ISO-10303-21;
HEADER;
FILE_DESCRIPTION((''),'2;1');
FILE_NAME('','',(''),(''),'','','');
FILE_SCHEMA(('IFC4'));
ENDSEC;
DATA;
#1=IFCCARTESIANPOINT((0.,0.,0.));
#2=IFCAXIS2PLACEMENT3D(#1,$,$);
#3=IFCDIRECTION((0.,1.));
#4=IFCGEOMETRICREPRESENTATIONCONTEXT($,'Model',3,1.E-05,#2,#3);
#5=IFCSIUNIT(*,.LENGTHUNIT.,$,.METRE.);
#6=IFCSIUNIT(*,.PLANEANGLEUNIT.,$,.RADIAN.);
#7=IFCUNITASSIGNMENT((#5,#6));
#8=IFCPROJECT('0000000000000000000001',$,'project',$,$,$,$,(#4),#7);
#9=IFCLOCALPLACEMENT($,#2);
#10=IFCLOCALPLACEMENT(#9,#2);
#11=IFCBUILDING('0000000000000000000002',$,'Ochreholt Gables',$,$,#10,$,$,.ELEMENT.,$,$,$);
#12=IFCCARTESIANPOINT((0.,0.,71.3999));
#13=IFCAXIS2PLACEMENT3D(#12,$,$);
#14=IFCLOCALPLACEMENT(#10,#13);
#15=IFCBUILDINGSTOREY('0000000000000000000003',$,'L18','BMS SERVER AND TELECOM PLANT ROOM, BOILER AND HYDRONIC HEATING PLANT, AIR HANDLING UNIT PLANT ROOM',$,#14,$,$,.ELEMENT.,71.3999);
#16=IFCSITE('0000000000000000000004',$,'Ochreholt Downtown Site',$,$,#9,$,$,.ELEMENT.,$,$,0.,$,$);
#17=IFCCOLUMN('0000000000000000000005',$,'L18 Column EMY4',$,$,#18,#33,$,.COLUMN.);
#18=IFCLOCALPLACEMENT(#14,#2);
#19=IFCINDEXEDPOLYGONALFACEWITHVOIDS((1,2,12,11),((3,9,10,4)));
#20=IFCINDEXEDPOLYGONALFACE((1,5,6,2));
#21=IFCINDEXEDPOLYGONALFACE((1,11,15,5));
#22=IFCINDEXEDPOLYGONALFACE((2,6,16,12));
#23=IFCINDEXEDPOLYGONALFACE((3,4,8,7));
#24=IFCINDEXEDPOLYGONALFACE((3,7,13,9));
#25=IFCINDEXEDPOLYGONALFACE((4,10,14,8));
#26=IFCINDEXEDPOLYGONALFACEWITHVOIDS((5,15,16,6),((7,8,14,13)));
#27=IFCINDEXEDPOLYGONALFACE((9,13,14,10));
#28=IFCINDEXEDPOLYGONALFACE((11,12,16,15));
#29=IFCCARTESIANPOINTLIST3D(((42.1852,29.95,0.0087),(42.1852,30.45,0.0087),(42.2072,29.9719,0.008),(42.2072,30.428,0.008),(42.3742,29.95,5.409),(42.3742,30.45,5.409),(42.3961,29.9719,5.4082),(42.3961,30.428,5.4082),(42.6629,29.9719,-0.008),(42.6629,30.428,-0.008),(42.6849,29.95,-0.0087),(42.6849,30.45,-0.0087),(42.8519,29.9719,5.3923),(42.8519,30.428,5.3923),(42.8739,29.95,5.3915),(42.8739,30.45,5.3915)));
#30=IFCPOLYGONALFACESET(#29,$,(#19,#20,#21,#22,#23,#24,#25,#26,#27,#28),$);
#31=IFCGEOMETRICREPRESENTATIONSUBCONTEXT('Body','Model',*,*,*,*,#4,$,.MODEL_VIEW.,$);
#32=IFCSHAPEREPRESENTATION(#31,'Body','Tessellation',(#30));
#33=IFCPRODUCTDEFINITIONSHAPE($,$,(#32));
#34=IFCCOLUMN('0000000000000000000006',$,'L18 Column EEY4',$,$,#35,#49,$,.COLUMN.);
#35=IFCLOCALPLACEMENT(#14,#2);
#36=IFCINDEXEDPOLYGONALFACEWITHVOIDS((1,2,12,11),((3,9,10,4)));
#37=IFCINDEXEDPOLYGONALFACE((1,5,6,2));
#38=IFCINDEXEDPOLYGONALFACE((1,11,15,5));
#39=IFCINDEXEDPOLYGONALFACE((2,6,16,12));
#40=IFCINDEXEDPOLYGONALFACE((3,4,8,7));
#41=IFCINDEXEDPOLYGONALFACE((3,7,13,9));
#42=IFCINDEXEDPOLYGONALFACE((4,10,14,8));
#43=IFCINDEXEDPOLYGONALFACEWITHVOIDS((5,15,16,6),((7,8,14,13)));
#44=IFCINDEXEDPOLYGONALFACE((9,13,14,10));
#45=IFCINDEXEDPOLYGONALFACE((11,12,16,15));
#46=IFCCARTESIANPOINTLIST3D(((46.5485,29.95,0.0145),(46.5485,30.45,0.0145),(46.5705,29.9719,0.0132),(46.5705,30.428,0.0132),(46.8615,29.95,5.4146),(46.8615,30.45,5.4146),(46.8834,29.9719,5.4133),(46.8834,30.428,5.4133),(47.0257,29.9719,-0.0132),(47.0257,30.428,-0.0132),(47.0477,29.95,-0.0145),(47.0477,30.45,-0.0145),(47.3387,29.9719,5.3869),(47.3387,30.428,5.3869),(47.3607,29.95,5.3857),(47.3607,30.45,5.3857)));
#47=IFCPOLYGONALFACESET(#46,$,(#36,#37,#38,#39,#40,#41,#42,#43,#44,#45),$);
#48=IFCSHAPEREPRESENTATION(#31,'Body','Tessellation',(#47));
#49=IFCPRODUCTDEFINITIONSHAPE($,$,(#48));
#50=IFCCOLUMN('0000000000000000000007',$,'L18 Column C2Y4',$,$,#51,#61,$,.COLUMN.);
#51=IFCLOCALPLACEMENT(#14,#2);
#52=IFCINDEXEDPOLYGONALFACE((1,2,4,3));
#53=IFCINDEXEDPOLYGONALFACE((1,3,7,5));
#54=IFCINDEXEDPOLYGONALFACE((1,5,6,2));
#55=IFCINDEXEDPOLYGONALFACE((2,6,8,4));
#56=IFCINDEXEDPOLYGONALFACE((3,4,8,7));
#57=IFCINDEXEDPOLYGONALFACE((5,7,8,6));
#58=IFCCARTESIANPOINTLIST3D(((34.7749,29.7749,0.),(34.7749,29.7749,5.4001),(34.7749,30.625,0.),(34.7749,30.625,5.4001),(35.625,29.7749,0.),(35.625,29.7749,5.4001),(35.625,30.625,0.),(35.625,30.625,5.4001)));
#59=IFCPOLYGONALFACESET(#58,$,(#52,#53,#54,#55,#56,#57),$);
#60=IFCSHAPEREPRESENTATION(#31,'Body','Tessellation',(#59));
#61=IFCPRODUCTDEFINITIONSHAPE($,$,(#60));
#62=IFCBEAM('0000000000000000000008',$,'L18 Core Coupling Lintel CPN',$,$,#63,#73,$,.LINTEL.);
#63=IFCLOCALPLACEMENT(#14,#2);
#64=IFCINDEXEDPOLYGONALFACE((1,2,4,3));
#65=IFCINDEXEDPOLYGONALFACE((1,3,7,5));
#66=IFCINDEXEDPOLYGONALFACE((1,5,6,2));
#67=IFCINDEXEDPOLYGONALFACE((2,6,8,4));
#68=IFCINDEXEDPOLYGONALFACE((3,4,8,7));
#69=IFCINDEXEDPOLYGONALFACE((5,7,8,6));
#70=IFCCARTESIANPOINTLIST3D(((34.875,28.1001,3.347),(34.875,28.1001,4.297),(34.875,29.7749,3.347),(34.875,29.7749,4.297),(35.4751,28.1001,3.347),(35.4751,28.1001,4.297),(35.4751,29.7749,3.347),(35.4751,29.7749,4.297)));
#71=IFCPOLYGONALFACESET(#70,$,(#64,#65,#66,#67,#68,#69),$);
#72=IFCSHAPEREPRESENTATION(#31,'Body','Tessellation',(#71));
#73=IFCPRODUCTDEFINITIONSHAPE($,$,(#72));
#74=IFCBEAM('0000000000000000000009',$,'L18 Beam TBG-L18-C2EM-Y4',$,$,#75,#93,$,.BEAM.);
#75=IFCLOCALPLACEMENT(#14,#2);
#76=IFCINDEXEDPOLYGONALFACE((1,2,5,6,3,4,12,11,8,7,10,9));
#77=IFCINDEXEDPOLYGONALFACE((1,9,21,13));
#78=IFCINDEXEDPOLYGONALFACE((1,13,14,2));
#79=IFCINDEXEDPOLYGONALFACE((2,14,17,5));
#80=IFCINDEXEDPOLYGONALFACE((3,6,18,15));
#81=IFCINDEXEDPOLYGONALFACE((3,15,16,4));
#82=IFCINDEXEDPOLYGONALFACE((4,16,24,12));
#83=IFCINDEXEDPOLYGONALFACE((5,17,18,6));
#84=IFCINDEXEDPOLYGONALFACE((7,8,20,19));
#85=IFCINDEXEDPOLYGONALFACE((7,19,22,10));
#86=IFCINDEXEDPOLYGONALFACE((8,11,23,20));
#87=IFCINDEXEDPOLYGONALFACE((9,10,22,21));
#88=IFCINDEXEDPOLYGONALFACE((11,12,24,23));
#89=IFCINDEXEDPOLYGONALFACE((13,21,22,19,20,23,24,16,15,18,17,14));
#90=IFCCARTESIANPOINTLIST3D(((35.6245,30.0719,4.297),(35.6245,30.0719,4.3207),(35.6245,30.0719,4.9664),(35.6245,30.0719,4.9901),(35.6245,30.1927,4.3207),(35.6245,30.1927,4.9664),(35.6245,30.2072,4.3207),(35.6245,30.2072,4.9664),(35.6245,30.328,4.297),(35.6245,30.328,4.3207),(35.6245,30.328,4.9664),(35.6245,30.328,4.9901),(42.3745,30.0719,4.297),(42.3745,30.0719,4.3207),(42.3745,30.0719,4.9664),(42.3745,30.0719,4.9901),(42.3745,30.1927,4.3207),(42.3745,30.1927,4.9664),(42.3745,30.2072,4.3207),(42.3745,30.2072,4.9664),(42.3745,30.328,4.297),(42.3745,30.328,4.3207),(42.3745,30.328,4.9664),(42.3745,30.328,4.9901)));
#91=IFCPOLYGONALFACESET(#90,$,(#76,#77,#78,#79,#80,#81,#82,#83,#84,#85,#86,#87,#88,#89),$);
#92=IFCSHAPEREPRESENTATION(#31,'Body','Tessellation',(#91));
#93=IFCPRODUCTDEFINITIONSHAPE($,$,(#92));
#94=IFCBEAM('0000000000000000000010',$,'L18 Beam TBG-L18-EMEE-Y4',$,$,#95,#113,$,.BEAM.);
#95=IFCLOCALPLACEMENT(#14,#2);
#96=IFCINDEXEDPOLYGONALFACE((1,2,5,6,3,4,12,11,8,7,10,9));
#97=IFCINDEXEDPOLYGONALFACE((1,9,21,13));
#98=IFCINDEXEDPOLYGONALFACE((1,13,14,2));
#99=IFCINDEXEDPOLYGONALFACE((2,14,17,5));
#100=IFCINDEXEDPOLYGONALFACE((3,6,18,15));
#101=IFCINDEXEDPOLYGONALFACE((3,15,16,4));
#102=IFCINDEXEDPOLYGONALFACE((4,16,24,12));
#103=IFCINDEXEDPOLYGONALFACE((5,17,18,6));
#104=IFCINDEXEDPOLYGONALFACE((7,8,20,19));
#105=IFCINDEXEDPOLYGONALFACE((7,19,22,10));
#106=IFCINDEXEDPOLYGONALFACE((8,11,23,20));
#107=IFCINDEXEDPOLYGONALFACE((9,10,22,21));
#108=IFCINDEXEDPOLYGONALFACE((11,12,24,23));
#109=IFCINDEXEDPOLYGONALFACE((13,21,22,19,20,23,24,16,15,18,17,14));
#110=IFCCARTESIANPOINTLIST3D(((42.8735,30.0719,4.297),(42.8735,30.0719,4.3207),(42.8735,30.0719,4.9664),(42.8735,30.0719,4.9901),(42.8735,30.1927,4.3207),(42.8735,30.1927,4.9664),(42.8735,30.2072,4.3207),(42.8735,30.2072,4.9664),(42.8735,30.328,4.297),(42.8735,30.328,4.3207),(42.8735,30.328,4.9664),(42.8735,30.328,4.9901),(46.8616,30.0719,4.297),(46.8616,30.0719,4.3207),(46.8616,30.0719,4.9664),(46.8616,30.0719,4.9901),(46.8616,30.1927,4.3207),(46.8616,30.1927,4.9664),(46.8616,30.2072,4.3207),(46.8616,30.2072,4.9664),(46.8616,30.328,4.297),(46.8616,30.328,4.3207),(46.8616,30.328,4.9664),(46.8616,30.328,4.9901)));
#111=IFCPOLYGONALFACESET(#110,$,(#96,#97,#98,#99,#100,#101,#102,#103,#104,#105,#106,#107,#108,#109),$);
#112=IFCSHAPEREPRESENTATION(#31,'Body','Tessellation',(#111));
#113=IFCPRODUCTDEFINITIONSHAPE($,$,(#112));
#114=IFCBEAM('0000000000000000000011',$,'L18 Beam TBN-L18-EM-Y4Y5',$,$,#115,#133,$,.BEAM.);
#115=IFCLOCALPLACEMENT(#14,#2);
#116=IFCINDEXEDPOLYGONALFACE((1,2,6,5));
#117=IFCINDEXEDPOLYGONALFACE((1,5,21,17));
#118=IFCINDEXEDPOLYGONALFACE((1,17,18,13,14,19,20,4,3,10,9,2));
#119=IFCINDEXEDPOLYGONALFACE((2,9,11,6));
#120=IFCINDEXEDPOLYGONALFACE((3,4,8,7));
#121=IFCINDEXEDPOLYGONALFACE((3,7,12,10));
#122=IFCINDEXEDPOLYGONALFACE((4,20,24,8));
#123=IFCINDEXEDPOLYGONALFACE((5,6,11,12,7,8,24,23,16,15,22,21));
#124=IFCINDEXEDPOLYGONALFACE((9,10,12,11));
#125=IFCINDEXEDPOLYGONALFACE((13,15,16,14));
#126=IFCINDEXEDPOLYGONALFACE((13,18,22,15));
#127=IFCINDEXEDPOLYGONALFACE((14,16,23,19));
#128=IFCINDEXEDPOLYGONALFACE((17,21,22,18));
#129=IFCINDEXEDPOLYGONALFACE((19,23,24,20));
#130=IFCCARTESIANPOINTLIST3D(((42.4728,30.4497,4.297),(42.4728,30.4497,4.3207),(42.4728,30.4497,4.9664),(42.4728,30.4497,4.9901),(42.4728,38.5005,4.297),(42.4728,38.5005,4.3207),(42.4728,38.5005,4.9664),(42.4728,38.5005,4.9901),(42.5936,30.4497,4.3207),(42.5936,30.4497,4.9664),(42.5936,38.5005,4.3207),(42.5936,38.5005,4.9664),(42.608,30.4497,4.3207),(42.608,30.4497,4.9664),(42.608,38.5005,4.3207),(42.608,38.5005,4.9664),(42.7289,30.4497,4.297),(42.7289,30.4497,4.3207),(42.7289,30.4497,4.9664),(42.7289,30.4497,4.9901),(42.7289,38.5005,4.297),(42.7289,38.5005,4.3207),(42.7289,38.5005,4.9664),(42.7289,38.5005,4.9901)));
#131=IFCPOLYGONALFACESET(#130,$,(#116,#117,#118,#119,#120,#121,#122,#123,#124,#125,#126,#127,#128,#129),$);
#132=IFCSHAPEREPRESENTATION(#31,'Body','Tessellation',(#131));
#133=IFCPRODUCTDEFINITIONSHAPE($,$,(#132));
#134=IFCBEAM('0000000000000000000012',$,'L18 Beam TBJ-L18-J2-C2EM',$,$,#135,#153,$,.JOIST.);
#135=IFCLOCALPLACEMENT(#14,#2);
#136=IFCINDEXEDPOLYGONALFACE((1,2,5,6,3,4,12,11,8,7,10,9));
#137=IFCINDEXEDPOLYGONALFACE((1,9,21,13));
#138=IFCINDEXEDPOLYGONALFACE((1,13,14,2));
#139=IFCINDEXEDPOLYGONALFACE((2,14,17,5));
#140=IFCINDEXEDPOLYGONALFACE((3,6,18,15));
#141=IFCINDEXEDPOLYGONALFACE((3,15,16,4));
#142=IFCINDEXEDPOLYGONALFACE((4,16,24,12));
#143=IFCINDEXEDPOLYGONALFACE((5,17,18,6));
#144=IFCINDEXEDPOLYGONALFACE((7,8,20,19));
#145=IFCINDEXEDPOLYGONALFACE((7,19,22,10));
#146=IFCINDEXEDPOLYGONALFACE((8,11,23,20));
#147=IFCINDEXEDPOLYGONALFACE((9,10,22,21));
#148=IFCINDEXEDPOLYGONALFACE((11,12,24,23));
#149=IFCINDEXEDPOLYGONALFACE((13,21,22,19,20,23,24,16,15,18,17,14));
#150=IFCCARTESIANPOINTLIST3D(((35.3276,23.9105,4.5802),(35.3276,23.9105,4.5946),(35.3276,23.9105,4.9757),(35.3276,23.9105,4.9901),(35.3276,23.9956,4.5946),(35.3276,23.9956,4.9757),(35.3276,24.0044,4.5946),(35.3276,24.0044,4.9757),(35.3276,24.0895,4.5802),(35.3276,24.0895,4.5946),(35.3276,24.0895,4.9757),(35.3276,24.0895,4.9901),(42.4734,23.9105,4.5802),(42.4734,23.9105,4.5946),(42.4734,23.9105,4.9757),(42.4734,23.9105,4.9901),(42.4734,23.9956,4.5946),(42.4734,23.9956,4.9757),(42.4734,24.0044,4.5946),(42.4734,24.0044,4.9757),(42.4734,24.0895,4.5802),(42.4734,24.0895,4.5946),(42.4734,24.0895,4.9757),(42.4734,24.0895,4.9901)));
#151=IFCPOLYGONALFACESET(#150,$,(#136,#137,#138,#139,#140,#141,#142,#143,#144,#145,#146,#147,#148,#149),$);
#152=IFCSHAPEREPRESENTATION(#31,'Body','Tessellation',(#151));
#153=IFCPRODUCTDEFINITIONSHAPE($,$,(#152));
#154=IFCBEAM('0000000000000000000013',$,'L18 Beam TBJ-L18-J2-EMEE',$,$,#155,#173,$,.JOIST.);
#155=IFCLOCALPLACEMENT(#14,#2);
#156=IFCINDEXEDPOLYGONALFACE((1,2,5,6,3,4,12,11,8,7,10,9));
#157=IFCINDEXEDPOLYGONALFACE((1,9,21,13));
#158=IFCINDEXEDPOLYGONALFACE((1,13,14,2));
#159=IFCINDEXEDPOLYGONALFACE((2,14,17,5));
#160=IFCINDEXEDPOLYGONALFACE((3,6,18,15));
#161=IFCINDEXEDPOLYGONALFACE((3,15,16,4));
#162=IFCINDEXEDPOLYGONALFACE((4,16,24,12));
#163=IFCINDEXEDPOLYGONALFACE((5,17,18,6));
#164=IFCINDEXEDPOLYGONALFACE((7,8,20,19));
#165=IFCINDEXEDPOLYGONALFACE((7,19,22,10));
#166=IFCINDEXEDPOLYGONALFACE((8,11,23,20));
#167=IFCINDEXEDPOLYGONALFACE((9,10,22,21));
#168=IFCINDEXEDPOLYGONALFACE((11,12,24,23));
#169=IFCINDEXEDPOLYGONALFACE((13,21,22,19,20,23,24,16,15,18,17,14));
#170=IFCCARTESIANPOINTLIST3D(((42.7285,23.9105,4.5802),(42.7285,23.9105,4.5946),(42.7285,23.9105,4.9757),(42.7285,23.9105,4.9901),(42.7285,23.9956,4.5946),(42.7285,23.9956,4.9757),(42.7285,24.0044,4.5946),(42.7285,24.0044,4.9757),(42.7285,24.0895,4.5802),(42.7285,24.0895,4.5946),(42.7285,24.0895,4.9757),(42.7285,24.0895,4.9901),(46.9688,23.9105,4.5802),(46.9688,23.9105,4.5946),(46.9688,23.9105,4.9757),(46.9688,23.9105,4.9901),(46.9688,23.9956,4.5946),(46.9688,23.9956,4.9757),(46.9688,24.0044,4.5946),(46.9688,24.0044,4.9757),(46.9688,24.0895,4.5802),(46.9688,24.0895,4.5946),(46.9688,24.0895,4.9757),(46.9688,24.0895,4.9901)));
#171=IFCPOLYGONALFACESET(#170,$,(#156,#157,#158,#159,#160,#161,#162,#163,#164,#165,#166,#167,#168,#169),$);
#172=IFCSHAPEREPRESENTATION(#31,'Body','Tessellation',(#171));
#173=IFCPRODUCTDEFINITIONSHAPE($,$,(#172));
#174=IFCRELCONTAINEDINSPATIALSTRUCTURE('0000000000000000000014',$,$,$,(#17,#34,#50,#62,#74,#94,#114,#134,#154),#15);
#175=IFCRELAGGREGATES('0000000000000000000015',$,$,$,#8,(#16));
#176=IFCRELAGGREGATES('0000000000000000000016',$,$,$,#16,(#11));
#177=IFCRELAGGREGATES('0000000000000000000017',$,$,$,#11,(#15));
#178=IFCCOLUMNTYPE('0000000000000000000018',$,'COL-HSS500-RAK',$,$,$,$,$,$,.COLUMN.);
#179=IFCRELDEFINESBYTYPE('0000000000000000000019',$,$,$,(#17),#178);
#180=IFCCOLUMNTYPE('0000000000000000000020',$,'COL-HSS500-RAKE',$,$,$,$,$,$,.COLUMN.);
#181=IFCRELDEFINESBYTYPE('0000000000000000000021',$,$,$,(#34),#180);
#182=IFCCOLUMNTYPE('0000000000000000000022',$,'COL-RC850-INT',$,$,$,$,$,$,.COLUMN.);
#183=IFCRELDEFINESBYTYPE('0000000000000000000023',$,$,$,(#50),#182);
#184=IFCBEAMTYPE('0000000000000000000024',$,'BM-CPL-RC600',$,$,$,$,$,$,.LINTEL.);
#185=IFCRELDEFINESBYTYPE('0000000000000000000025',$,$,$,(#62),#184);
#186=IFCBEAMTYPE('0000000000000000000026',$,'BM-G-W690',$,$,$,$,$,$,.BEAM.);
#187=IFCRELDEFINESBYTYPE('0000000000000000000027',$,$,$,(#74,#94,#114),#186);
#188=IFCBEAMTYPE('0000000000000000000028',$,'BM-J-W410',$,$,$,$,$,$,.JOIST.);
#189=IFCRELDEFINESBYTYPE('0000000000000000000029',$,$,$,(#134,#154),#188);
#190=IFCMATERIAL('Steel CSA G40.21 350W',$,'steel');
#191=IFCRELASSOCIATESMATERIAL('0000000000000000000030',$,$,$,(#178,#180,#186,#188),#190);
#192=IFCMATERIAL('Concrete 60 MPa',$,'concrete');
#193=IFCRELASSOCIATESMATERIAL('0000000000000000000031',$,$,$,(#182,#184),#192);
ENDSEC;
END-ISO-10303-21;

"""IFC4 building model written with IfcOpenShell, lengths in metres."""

from ifc_helpers import new_model, si_unit, direction, frame, origin, origin_2d, place, context, subcontext, project, spatial, rectangle, hollow_rectangle, i_section, extrude, material, material_profile, profile_set, type_object, element, save


model = new_model("IFC4")

# Units and contexts
model_context = context("Model", 3, precision=1e-05, world=origin(), true_north=direction((0.0, 1.0)))
body_context = subcontext(model_context, "Body", "Model", "MODEL_VIEW")
ifc_project = project(units=[si_unit("LENGTHUNIT", "METRE"), si_unit("PLANEANGLEUNIT", "RADIAN")], contexts=[model_context])

# Site, building, storey
site_placement = place(None, origin())
site = spatial("IfcSite", under=ifc_project, at=site_placement, Name="Ochreholt Downtown Site", CompositionType="ELEMENT", RefElevation=0.0)
building_placement = place(site_placement, origin())
building = spatial("IfcBuilding", under=site, at=building_placement, Name="Ochreholt Gables", CompositionType="ELEMENT")
storey_placement = place(building_placement, frame((0.0, 0.0, 71.3999)))
storey = spatial("IfcBuildingStorey", under=building, at=storey_placement, Name="L18", Description="BMS SERVER AND TELECOM PLANT ROOM, BOILER AND HYDRONIC HEATING PLANT, AIR HANDLING UNIT PLANT ROOM", CompositionType="ELEMENT", Elevation=71.3999)

# Columns
ifc_material_1 = material(Name="Steel CSA G40.21 350W", Category="steel")
ifc_material_profile_1 = material_profile(ifc_material_1, hollow_rectangle(XDim=0.5, YDim=0.5, WallThickness=0.022, at=origin_2d()), Name="HSS500X500X22")
ifc_profile_set_1 = profile_set([ifc_material_profile_1], Name="Steel CSA G40.21 350W")
column_type_1 = type_object("IfcColumnType", Name="COL-HSS500-RAK", PredefinedType="COLUMN", material=ifc_profile_set_1)
column_1_placement = place(storey_placement, frame((42.4351, 30.2, 0.0), z_axis=(0.034971, 0.0, 0.999388), x_axis=(0.0, 1.0, 0.0)))
element("IfcColumn", 1, at=column_1_placement, inside=storey, type_object=column_type_1, Name="L18 Column EMY4", PredefinedType="COLUMN", context=body_context, shape_type="SweptSolid", body=[
    extrude(hollow_rectangle(XDim=0.5, YDim=0.5, WallThickness=0.022, at=origin_2d()), origin(), (0.0, 0.0, 1.0), 5.4036),
])
ifc_material_profile_2 = material_profile(ifc_material_1, hollow_rectangle(XDim=0.5, YDim=0.5, WallThickness=0.022, at=origin_2d()), Name="HSS500X500X22")
ifc_profile_set_2 = profile_set([ifc_material_profile_2], Name="Steel CSA G40.21 350W")
column_type_2 = type_object("IfcColumnType", Name="COL-HSS500-RAKE", PredefinedType="COLUMN", material=ifc_profile_set_2)
column_2_placement = place(storey_placement, frame((46.7981, 30.2, 0.0), z_axis=(0.057862, 0.0, 0.998325), x_axis=(0.0, 1.0, 0.0)))
element("IfcColumn", 2, at=column_2_placement, inside=storey, type_object=column_type_2, Name="L18 Column EEY4", PredefinedType="COLUMN", context=body_context, shape_type="SweptSolid", body=[
    extrude(hollow_rectangle(XDim=0.5, YDim=0.5, WallThickness=0.022, at=origin_2d()), origin(), (0.0, 0.0, 1.0), 5.4092),
])
ifc_material_2 = material(Name="Concrete 60 MPa", Category="concrete")
ifc_material_profile_3 = material_profile(ifc_material_2, rectangle(XDim=0.8501, YDim=0.8501, at=origin_2d()), Name="RC850X850")
ifc_profile_set_3 = profile_set([ifc_material_profile_3], Name="Concrete 60 MPa")
column_type_3 = type_object("IfcColumnType", Name="COL-RC850-INT", PredefinedType="COLUMN", material=ifc_profile_set_3)
column_3_placement = place(storey_placement, frame((35.2, 30.2, 0.0), z_axis=(0.0, 0.0, 1.0), x_axis=(1.0, 0.0, 0.0)))
element("IfcColumn", 3, at=column_3_placement, inside=storey, type_object=column_type_3, Name="L18 Column C2Y4", PredefinedType="COLUMN", context=body_context, shape_type="SweptSolid", body=[
    extrude(rectangle(XDim=0.8501, YDim=0.8501, at=origin_2d()), origin(), (0.0, 0.0, 1.0), 5.4001),
])

# Beams
ifc_material_profile_4 = material_profile(ifc_material_2, rectangle(XDim=0.6001, YDim=0.95, at=origin_2d()), Name="RCB600X950")
ifc_profile_set_4 = profile_set([ifc_material_profile_4], Name="Concrete 60 MPa")
beam_type_1 = type_object("IfcBeamType", Name="BM-CPL-RC600", PredefinedType="LINTEL", material=ifc_profile_set_4)
beam_1_placement = place(storey_placement, frame((35.175, 28.1001, 3.822), z_axis=(0.0, 1.0, 0.0), x_axis=(-1.0, 0.0, 0.0)))
element("IfcBeam", 4, at=beam_1_placement, inside=storey, type_object=beam_type_1, Name="L18 Core Coupling Lintel CPN", PredefinedType="LINTEL", context=body_context, shape_type="SweptSolid", body=[
    extrude(rectangle(XDim=0.6001, YDim=0.95, at=origin_2d()), origin(), (0.0, 0.0, 1.0), 1.6748),
])
ifc_material_profile_5 = material_profile(ifc_material_1, i_section(OverallWidth=0.2561, OverallDepth=0.6931, WebThickness=0.0144, FlangeThickness=0.0237, at=origin_2d()), Name="W690X170")
ifc_profile_set_5 = profile_set([ifc_material_profile_5], Name="Steel CSA G40.21 350W")
beam_type_2 = type_object("IfcBeamType", Name="BM-G-W690", PredefinedType="BEAM", material=ifc_profile_set_5)
beam_2_placement = place(storey_placement, frame((35.6245, 30.2, 4.6436), z_axis=(1.0, 0.0, 0.0), x_axis=(0.0, 1.0, 0.0)))
element("IfcBeam", 5, at=beam_2_placement, inside=storey, type_object=beam_type_2, Name="L18 Beam TBG-L18-C2EM-Y4", PredefinedType="BEAM", context=body_context, shape_type="SweptSolid", body=[
    extrude(i_section(OverallWidth=0.2561, OverallDepth=0.6931, WebThickness=0.0144, FlangeThickness=0.0237, at=origin_2d()), origin(), (0.0, 0.0, 1.0), 6.75),
])
beam_3_placement = place(storey_placement, frame((42.8735, 30.2, 4.6436), z_axis=(1.0, 0.0, 0.0), x_axis=(0.0, 1.0, 0.0)))
element("IfcBeam", 6, at=beam_3_placement, inside=storey, type_object=beam_type_2, Name="L18 Beam TBG-L18-EMEE-Y4", PredefinedType="BEAM", context=body_context, shape_type="SweptSolid", body=[
    extrude(i_section(OverallWidth=0.2561, OverallDepth=0.6931, WebThickness=0.0144, FlangeThickness=0.0237, at=origin_2d()), origin(), (0.0, 0.0, 1.0), 3.988),
])
beam_4_placement = place(storey_placement, frame((42.6008, 30.4497, 4.6436), z_axis=(0.0, 1.0, 0.0), x_axis=(-1.0, 0.0, 0.0)))
element("IfcBeam", 7, at=beam_4_placement, inside=storey, type_object=beam_type_2, Name="L18 Beam TBN-L18-EM-Y4Y5", PredefinedType="BEAM", context=body_context, shape_type="SweptSolid", body=[
    extrude(i_section(OverallWidth=0.2561, OverallDepth=0.6931, WebThickness=0.0144, FlangeThickness=0.0237, at=origin_2d()), origin(), (0.0, 0.0, 1.0), 8.0508),
])
ifc_material_profile_6 = material_profile(ifc_material_1, i_section(OverallWidth=0.179, OverallDepth=0.4099, WebThickness=0.0088, FlangeThickness=0.0144, at=origin_2d()), Name="W410X67")
ifc_profile_set_6 = profile_set([ifc_material_profile_6], Name="Steel CSA G40.21 350W")
beam_type_3 = type_object("IfcBeamType", Name="BM-J-W410", PredefinedType="JOIST", material=ifc_profile_set_6)
beam_5_placement = place(storey_placement, frame((35.3276, 24.0, 4.7852), z_axis=(1.0, 0.0, 0.0), x_axis=(0.0, 1.0, 0.0)))
element("IfcBeam", 8, at=beam_5_placement, inside=storey, type_object=beam_type_3, Name="L18 Beam TBJ-L18-J2-C2EM", PredefinedType="JOIST", context=body_context, shape_type="SweptSolid", body=[
    extrude(i_section(OverallWidth=0.179, OverallDepth=0.4099, WebThickness=0.0088, FlangeThickness=0.0144, at=origin_2d()), origin(), (0.0, 0.0, 1.0), 7.1458),
])
beam_6_placement = place(storey_placement, frame((42.7285, 24.0, 4.7852), z_axis=(1.0, 0.0, 0.0), x_axis=(0.0, 1.0, 0.0)))
element("IfcBeam", 9, at=beam_6_placement, inside=storey, type_object=beam_type_3, Name="L18 Beam TBJ-L18-J2-EMEE", PredefinedType="JOIST", context=body_context, shape_type="SweptSolid", body=[
    extrude(i_section(OverallWidth=0.179, OverallDepth=0.4099, WebThickness=0.0088, FlangeThickness=0.0144, at=origin_2d()), origin(), (0.0, 0.0, 1.0), 4.2402),
])

save(model, "model.ifc")
